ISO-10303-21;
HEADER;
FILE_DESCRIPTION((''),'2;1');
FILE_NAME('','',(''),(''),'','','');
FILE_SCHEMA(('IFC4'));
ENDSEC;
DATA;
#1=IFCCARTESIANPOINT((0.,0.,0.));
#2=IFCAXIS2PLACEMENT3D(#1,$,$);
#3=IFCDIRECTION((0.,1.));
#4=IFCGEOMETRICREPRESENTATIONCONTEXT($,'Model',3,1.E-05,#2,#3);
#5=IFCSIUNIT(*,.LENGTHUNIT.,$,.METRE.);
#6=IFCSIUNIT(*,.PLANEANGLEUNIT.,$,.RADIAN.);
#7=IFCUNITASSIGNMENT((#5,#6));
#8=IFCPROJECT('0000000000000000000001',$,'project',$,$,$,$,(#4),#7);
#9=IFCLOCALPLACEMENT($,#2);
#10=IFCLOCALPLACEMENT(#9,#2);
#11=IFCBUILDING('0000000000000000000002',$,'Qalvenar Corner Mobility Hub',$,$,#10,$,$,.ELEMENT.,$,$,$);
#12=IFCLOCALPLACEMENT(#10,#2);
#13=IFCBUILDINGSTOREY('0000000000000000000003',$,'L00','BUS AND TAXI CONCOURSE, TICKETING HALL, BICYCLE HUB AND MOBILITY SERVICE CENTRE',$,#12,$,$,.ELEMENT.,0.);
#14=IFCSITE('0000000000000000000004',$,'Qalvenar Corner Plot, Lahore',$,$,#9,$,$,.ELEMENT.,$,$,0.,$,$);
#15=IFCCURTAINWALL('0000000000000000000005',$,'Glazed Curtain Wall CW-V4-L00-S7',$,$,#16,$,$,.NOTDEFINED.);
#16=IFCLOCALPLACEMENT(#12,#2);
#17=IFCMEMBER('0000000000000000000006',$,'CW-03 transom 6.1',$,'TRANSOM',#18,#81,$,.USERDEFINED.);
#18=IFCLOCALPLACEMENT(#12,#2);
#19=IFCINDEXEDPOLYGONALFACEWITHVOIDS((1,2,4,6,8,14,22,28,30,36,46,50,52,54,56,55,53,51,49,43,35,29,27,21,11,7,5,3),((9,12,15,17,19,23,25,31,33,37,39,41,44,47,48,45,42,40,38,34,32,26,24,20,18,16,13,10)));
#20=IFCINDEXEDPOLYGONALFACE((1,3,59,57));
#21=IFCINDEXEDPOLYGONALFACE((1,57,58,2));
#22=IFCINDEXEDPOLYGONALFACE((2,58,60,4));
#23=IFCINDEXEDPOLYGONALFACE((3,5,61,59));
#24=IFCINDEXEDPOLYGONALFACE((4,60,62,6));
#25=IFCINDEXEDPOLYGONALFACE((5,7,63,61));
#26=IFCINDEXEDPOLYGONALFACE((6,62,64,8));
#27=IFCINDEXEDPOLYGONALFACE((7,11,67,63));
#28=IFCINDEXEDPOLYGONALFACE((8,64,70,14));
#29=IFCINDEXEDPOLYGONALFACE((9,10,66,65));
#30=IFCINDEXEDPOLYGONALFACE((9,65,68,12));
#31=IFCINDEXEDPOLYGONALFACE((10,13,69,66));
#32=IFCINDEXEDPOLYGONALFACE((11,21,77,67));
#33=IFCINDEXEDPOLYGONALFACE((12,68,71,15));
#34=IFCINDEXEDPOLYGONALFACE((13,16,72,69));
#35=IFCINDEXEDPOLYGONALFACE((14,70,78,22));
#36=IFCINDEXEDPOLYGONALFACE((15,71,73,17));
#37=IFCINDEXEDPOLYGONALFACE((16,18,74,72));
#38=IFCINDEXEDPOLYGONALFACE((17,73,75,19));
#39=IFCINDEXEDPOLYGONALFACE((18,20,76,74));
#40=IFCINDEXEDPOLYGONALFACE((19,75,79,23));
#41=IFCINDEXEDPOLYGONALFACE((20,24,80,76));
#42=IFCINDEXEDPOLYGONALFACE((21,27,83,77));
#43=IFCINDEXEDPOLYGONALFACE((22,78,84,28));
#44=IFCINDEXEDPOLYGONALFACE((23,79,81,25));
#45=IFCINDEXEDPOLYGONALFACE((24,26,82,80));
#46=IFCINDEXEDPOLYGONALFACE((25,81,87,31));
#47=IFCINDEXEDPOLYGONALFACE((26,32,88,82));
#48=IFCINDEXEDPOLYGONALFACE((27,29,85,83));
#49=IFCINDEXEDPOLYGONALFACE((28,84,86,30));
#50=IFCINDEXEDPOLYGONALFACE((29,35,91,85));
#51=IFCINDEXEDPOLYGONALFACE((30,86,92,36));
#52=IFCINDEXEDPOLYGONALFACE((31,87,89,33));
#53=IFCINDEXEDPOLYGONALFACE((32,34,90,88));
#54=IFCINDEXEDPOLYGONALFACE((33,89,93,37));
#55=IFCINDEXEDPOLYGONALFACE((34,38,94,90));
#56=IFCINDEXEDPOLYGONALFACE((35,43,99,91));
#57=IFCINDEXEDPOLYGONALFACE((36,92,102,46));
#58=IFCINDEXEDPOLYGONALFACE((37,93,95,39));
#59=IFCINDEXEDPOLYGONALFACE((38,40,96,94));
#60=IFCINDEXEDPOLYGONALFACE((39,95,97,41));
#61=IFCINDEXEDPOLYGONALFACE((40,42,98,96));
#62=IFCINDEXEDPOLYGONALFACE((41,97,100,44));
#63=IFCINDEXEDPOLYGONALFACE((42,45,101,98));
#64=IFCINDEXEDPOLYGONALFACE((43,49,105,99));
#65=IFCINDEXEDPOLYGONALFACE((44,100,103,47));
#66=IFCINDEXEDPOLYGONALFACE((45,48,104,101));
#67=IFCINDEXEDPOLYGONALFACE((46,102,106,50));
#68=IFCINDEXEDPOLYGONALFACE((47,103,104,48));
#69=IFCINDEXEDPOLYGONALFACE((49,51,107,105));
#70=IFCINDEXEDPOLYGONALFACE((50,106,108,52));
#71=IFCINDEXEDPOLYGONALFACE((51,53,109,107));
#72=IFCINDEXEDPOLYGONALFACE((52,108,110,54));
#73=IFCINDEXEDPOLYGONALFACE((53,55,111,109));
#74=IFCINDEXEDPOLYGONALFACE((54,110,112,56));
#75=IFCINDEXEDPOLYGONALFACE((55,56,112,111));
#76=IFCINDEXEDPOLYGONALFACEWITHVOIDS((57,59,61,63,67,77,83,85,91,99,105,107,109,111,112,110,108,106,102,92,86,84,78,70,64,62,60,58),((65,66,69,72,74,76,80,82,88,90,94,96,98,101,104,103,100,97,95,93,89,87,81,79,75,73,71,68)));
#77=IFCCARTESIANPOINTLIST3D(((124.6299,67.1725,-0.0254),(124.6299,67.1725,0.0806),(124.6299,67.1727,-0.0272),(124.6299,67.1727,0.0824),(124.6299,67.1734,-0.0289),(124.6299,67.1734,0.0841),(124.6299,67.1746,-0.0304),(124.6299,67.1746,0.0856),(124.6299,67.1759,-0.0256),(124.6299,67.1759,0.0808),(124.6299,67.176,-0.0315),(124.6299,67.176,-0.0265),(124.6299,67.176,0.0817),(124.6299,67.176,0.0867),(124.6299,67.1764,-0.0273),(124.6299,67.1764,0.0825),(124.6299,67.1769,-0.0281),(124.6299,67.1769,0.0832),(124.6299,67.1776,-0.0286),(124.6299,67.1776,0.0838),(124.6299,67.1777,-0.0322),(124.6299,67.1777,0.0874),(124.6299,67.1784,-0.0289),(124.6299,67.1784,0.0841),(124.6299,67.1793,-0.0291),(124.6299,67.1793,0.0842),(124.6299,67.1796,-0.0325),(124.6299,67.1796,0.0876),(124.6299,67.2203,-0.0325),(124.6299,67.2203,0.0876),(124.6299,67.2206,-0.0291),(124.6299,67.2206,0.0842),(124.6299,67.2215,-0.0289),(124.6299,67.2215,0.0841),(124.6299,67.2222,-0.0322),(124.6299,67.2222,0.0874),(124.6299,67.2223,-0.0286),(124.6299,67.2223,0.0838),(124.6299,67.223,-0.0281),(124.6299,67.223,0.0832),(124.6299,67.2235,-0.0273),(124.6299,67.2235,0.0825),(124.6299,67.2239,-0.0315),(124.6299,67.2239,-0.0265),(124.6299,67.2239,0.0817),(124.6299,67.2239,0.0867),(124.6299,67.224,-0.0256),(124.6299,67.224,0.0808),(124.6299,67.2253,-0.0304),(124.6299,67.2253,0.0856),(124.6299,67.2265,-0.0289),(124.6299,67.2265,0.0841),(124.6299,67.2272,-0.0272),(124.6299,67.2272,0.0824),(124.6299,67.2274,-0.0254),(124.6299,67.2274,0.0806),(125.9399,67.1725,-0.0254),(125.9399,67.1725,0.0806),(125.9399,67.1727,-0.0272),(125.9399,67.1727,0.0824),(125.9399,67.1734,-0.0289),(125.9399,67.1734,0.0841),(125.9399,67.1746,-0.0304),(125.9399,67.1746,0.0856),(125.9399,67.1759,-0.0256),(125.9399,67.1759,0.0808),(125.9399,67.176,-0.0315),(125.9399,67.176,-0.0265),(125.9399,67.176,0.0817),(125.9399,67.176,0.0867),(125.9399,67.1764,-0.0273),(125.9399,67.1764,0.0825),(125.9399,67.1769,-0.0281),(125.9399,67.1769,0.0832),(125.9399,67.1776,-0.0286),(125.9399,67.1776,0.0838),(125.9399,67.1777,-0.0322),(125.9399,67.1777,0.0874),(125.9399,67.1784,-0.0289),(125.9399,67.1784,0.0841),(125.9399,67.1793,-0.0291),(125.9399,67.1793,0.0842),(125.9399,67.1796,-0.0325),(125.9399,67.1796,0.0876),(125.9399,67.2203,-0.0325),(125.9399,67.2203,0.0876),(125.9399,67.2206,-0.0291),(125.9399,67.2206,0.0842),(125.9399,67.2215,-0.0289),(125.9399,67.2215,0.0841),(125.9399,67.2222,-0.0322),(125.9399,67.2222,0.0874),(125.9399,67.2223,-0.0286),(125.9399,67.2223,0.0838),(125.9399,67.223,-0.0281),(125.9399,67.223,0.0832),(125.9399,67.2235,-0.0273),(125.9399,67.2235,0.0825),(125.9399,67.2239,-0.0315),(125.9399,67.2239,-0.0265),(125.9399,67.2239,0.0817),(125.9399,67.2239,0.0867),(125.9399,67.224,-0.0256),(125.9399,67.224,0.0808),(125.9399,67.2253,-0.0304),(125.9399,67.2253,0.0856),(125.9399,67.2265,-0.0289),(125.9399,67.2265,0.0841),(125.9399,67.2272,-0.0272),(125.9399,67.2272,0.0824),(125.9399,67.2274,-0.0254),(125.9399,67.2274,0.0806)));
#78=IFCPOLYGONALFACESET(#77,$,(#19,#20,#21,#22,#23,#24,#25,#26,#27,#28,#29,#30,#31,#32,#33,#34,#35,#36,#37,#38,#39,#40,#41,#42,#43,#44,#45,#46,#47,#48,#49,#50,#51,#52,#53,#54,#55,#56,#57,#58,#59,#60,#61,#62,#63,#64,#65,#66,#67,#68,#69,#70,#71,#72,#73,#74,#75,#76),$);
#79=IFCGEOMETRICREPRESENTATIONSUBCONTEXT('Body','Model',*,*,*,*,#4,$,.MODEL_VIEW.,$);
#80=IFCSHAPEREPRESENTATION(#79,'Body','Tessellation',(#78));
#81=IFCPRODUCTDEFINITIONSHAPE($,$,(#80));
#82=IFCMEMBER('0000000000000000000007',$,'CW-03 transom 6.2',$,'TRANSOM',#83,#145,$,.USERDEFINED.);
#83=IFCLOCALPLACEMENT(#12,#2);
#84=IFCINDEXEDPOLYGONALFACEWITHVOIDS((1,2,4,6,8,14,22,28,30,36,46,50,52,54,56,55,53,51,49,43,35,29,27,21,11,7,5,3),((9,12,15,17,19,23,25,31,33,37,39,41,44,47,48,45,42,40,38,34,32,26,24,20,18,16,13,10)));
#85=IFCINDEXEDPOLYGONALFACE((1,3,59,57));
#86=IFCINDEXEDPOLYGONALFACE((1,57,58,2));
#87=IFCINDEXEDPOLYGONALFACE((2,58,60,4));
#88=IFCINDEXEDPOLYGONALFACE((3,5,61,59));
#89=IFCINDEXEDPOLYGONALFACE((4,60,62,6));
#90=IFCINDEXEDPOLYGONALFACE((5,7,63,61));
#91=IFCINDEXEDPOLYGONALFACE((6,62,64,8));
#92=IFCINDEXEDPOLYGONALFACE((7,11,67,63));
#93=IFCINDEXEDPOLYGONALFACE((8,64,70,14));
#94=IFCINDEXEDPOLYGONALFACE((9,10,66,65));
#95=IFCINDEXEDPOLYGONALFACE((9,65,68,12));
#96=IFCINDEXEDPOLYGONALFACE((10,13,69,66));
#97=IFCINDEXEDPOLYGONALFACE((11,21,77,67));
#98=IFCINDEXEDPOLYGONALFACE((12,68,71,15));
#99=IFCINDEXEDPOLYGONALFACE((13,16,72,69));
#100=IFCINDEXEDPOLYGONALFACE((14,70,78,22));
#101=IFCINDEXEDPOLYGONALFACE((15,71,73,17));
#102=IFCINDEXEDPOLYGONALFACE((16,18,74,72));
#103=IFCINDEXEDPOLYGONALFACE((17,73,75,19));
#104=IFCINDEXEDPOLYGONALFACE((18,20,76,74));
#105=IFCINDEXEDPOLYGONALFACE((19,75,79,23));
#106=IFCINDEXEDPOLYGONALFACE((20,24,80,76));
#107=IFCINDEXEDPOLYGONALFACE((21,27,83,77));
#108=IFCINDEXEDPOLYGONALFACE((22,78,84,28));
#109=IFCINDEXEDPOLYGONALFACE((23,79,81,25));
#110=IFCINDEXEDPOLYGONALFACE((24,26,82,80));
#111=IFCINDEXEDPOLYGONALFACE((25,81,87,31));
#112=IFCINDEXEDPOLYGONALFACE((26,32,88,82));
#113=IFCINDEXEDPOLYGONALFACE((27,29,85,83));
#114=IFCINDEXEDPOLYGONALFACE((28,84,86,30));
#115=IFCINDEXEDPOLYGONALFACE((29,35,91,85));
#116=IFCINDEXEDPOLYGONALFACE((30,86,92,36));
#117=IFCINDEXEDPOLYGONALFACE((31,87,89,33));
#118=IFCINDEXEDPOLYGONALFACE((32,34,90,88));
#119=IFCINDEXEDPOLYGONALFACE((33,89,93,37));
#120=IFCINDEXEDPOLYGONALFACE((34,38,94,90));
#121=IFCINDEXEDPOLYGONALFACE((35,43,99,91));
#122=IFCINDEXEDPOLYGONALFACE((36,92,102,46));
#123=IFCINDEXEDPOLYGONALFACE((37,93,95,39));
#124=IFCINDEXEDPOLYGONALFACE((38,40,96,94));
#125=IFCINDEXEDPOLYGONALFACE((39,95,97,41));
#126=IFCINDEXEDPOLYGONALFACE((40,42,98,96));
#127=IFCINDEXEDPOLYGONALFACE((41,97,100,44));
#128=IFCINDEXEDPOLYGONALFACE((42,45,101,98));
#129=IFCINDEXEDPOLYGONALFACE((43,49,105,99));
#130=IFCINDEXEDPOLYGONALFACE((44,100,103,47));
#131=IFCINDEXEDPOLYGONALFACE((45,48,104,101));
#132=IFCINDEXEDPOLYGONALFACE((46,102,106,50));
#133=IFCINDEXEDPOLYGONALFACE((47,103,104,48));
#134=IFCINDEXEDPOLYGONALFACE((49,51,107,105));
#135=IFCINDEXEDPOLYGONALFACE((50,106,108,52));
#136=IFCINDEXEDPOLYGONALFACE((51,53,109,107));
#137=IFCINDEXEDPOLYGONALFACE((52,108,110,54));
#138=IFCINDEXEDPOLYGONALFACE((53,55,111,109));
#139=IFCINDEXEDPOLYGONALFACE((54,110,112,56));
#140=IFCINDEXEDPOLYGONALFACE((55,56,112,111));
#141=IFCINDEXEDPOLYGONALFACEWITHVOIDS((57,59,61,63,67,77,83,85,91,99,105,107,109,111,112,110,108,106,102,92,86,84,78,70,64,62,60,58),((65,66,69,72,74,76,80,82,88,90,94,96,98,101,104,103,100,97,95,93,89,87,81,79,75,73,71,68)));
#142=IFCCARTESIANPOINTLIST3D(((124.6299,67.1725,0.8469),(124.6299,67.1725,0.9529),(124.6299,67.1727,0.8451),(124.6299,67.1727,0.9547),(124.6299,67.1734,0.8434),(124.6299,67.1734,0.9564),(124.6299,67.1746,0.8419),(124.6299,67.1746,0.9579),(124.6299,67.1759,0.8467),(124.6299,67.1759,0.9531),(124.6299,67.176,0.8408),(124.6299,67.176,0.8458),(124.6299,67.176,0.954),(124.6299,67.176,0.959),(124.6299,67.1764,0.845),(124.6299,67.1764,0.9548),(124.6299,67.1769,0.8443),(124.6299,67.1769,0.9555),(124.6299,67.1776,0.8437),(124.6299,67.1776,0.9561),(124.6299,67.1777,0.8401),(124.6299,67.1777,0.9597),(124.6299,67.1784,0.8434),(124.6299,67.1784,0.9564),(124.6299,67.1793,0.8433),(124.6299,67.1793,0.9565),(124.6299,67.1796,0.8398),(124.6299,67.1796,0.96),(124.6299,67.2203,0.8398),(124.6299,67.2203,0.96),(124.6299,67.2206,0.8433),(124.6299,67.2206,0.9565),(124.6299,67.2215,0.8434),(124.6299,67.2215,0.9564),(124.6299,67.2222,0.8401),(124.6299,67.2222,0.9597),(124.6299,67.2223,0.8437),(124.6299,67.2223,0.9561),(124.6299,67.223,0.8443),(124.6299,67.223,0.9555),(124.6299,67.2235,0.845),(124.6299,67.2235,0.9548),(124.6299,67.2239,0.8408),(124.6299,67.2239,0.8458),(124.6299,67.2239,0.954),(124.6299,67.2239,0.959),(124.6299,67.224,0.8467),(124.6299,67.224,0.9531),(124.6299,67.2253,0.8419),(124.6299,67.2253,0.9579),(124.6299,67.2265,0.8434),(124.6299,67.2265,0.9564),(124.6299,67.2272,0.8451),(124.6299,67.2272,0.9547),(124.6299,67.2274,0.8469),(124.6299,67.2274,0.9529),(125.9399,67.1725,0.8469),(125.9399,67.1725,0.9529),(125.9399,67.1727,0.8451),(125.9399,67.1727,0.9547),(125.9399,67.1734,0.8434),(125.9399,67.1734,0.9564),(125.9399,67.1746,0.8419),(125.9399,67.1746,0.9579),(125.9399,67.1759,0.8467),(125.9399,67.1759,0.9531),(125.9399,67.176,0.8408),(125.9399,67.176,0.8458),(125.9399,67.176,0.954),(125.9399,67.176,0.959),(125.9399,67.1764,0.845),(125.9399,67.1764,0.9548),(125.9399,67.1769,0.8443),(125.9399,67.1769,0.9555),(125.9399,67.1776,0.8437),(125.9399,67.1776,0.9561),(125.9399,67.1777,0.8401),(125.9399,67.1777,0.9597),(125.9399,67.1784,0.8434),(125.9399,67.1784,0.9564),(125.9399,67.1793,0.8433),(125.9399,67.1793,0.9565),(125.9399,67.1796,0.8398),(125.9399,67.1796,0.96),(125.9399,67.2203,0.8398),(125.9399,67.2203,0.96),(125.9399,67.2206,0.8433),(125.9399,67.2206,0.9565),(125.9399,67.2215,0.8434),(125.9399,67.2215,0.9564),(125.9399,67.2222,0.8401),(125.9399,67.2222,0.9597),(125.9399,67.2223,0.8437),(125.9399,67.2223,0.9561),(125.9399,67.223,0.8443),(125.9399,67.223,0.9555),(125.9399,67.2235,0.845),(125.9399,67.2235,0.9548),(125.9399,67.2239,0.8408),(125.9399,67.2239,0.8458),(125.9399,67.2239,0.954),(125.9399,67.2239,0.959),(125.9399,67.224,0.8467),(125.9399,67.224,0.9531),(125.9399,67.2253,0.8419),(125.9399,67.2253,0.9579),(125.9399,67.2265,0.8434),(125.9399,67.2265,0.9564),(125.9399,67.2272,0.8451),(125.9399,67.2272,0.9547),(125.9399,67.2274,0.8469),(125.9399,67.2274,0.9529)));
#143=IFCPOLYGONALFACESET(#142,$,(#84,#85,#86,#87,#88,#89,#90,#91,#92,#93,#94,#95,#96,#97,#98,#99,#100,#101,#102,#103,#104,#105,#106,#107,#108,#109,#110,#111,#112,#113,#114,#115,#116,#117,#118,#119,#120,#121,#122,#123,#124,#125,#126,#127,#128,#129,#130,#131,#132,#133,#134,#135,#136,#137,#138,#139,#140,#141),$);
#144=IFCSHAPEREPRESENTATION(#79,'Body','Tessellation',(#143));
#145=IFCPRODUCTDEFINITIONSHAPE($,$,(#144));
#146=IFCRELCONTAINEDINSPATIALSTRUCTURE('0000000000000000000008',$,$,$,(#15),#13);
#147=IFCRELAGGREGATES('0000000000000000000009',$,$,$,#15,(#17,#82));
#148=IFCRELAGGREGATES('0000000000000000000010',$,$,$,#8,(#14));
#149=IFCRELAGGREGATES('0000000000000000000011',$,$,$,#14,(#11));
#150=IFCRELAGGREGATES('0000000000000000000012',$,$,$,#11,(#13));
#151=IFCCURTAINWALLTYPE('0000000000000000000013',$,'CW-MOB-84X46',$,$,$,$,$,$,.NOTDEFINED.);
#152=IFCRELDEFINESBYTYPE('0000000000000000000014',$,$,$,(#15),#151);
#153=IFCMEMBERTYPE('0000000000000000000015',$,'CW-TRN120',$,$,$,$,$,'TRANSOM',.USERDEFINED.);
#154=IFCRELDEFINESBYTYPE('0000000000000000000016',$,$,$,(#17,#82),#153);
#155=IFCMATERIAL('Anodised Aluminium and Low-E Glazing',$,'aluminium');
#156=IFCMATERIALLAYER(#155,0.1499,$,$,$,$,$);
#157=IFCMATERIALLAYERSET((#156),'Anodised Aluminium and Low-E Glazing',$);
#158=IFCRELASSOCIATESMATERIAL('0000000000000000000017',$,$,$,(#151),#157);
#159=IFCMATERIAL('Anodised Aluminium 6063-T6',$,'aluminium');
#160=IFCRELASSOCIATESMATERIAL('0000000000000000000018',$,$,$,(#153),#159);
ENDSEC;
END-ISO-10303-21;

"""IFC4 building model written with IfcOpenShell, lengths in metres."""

from ifc_helpers import new_model, si_unit, direction, frame, origin, origin_2d, place, context, subcontext, project, spatial, hollow_rectangle, extrude, material, layer, layer_set, material_profile, profile_set, type_object, element, aggregate, save


model = new_model("IFC4")

# Units and contexts
model_context = context("Model", 3, precision=1e-05, world=origin(), true_north=direction((0.0, 1.0)))
body_context = subcontext(model_context, "Body", "Model", "MODEL_VIEW")
ifc_project = project(units=[si_unit("LENGTHUNIT", "METRE"), si_unit("PLANEANGLEUNIT", "RADIAN")], contexts=[model_context])

# Site, building, storey
site_placement = place(None, origin())
site = spatial("IfcSite", under=ifc_project, at=site_placement, Name="Qalvenar Corner Plot, Lahore", CompositionType="ELEMENT", RefElevation=0.0)
building_placement = place(site_placement, origin())
building = spatial("IfcBuilding", under=site, at=building_placement, Name="Qalvenar Corner Mobility Hub", CompositionType="ELEMENT")
storey_placement = place(building_placement, origin())
storey = spatial("IfcBuildingStorey", under=building, at=storey_placement, Name="L00", Description="BUS AND TAXI CONCOURSE, TICKETING HALL, BICYCLE HUB AND MOBILITY SERVICE CENTRE", CompositionType="ELEMENT", Elevation=0.0)

# Curtain wall, members
ifc_material_1 = material(Name="Anodised Aluminium and Low-E Glazing", Category="aluminium")
ifc_layer_1 = layer(ifc_material_1, 0.1499)
ifc_layer_set_1 = layer_set([ifc_layer_1], Name="Anodised Aluminium and Low-E Glazing")
curtain_wall_type = type_object("IfcCurtainWallType", Name="CW-MOB-84X46", PredefinedType="NOTDEFINED", material=ifc_layer_set_1)
curtain_wall_placement = place(storey_placement, origin())
curtain_wall = element("IfcCurtainWall", 1, at=curtain_wall_placement, inside=storey, type_object=curtain_wall_type, Name="Glazed Curtain Wall CW-V4-L00-S7", PredefinedType="NOTDEFINED")
ifc_material_2 = material(Name="Anodised Aluminium 6063-T6", Category="aluminium")
ifc_material_profile_1 = material_profile(ifc_material_2, hollow_rectangle(XDim=0.0549, YDim=0.1201, WallThickness=0.0034, InnerFilletRadius=0.0034, OuterFilletRadius=0.0071, at=origin_2d()), Name="RHS120x55x3.5")
ifc_profile_set_1 = profile_set([ifc_material_profile_1], Name="Anodised Aluminium 6063-T6")
member_type_1 = type_object("IfcMemberType", Name="CW-TRN120", ElementType="TRANSOM", PredefinedType="USERDEFINED", material=ifc_profile_set_1)
member_1_placement = place(storey_placement, frame((124.6299, 67.2, 0.0276), z_axis=(1.0, 0.0, 0.0), x_axis=(0.0, 1.0, 0.0)))
member_1 = element("IfcMember", 2, at=member_1_placement, type_object=member_type_1, Name="CW-03 transom 6.1", ObjectType="TRANSOM", PredefinedType="USERDEFINED", context=body_context, shape_type="SweptSolid", body=[
    extrude(hollow_rectangle(XDim=0.0549, YDim=0.1201, WallThickness=0.0034, InnerFilletRadius=0.0034, OuterFilletRadius=0.0071, at=origin_2d()), origin(), (0.0, 0.0, 1.0), 1.3101),
])
member_2_placement = place(storey_placement, frame((124.6299, 67.2, 0.8999), z_axis=(1.0, 0.0, 0.0), x_axis=(0.0, 1.0, 0.0)))
member_2 = element("IfcMember", 3, at=member_2_placement, type_object=member_type_1, Name="CW-03 transom 6.2", ObjectType="TRANSOM", PredefinedType="USERDEFINED", context=body_context, shape_type="SweptSolid", body=[
    extrude(hollow_rectangle(XDim=0.0549, YDim=0.1201, WallThickness=0.0034, InnerFilletRadius=0.0034, OuterFilletRadius=0.0071, at=origin_2d()), origin(), (0.0, 0.0, 1.0), 1.3101),
])
aggregate(curtain_wall, [member_1, member_2])

save(model, "model.ifc")
